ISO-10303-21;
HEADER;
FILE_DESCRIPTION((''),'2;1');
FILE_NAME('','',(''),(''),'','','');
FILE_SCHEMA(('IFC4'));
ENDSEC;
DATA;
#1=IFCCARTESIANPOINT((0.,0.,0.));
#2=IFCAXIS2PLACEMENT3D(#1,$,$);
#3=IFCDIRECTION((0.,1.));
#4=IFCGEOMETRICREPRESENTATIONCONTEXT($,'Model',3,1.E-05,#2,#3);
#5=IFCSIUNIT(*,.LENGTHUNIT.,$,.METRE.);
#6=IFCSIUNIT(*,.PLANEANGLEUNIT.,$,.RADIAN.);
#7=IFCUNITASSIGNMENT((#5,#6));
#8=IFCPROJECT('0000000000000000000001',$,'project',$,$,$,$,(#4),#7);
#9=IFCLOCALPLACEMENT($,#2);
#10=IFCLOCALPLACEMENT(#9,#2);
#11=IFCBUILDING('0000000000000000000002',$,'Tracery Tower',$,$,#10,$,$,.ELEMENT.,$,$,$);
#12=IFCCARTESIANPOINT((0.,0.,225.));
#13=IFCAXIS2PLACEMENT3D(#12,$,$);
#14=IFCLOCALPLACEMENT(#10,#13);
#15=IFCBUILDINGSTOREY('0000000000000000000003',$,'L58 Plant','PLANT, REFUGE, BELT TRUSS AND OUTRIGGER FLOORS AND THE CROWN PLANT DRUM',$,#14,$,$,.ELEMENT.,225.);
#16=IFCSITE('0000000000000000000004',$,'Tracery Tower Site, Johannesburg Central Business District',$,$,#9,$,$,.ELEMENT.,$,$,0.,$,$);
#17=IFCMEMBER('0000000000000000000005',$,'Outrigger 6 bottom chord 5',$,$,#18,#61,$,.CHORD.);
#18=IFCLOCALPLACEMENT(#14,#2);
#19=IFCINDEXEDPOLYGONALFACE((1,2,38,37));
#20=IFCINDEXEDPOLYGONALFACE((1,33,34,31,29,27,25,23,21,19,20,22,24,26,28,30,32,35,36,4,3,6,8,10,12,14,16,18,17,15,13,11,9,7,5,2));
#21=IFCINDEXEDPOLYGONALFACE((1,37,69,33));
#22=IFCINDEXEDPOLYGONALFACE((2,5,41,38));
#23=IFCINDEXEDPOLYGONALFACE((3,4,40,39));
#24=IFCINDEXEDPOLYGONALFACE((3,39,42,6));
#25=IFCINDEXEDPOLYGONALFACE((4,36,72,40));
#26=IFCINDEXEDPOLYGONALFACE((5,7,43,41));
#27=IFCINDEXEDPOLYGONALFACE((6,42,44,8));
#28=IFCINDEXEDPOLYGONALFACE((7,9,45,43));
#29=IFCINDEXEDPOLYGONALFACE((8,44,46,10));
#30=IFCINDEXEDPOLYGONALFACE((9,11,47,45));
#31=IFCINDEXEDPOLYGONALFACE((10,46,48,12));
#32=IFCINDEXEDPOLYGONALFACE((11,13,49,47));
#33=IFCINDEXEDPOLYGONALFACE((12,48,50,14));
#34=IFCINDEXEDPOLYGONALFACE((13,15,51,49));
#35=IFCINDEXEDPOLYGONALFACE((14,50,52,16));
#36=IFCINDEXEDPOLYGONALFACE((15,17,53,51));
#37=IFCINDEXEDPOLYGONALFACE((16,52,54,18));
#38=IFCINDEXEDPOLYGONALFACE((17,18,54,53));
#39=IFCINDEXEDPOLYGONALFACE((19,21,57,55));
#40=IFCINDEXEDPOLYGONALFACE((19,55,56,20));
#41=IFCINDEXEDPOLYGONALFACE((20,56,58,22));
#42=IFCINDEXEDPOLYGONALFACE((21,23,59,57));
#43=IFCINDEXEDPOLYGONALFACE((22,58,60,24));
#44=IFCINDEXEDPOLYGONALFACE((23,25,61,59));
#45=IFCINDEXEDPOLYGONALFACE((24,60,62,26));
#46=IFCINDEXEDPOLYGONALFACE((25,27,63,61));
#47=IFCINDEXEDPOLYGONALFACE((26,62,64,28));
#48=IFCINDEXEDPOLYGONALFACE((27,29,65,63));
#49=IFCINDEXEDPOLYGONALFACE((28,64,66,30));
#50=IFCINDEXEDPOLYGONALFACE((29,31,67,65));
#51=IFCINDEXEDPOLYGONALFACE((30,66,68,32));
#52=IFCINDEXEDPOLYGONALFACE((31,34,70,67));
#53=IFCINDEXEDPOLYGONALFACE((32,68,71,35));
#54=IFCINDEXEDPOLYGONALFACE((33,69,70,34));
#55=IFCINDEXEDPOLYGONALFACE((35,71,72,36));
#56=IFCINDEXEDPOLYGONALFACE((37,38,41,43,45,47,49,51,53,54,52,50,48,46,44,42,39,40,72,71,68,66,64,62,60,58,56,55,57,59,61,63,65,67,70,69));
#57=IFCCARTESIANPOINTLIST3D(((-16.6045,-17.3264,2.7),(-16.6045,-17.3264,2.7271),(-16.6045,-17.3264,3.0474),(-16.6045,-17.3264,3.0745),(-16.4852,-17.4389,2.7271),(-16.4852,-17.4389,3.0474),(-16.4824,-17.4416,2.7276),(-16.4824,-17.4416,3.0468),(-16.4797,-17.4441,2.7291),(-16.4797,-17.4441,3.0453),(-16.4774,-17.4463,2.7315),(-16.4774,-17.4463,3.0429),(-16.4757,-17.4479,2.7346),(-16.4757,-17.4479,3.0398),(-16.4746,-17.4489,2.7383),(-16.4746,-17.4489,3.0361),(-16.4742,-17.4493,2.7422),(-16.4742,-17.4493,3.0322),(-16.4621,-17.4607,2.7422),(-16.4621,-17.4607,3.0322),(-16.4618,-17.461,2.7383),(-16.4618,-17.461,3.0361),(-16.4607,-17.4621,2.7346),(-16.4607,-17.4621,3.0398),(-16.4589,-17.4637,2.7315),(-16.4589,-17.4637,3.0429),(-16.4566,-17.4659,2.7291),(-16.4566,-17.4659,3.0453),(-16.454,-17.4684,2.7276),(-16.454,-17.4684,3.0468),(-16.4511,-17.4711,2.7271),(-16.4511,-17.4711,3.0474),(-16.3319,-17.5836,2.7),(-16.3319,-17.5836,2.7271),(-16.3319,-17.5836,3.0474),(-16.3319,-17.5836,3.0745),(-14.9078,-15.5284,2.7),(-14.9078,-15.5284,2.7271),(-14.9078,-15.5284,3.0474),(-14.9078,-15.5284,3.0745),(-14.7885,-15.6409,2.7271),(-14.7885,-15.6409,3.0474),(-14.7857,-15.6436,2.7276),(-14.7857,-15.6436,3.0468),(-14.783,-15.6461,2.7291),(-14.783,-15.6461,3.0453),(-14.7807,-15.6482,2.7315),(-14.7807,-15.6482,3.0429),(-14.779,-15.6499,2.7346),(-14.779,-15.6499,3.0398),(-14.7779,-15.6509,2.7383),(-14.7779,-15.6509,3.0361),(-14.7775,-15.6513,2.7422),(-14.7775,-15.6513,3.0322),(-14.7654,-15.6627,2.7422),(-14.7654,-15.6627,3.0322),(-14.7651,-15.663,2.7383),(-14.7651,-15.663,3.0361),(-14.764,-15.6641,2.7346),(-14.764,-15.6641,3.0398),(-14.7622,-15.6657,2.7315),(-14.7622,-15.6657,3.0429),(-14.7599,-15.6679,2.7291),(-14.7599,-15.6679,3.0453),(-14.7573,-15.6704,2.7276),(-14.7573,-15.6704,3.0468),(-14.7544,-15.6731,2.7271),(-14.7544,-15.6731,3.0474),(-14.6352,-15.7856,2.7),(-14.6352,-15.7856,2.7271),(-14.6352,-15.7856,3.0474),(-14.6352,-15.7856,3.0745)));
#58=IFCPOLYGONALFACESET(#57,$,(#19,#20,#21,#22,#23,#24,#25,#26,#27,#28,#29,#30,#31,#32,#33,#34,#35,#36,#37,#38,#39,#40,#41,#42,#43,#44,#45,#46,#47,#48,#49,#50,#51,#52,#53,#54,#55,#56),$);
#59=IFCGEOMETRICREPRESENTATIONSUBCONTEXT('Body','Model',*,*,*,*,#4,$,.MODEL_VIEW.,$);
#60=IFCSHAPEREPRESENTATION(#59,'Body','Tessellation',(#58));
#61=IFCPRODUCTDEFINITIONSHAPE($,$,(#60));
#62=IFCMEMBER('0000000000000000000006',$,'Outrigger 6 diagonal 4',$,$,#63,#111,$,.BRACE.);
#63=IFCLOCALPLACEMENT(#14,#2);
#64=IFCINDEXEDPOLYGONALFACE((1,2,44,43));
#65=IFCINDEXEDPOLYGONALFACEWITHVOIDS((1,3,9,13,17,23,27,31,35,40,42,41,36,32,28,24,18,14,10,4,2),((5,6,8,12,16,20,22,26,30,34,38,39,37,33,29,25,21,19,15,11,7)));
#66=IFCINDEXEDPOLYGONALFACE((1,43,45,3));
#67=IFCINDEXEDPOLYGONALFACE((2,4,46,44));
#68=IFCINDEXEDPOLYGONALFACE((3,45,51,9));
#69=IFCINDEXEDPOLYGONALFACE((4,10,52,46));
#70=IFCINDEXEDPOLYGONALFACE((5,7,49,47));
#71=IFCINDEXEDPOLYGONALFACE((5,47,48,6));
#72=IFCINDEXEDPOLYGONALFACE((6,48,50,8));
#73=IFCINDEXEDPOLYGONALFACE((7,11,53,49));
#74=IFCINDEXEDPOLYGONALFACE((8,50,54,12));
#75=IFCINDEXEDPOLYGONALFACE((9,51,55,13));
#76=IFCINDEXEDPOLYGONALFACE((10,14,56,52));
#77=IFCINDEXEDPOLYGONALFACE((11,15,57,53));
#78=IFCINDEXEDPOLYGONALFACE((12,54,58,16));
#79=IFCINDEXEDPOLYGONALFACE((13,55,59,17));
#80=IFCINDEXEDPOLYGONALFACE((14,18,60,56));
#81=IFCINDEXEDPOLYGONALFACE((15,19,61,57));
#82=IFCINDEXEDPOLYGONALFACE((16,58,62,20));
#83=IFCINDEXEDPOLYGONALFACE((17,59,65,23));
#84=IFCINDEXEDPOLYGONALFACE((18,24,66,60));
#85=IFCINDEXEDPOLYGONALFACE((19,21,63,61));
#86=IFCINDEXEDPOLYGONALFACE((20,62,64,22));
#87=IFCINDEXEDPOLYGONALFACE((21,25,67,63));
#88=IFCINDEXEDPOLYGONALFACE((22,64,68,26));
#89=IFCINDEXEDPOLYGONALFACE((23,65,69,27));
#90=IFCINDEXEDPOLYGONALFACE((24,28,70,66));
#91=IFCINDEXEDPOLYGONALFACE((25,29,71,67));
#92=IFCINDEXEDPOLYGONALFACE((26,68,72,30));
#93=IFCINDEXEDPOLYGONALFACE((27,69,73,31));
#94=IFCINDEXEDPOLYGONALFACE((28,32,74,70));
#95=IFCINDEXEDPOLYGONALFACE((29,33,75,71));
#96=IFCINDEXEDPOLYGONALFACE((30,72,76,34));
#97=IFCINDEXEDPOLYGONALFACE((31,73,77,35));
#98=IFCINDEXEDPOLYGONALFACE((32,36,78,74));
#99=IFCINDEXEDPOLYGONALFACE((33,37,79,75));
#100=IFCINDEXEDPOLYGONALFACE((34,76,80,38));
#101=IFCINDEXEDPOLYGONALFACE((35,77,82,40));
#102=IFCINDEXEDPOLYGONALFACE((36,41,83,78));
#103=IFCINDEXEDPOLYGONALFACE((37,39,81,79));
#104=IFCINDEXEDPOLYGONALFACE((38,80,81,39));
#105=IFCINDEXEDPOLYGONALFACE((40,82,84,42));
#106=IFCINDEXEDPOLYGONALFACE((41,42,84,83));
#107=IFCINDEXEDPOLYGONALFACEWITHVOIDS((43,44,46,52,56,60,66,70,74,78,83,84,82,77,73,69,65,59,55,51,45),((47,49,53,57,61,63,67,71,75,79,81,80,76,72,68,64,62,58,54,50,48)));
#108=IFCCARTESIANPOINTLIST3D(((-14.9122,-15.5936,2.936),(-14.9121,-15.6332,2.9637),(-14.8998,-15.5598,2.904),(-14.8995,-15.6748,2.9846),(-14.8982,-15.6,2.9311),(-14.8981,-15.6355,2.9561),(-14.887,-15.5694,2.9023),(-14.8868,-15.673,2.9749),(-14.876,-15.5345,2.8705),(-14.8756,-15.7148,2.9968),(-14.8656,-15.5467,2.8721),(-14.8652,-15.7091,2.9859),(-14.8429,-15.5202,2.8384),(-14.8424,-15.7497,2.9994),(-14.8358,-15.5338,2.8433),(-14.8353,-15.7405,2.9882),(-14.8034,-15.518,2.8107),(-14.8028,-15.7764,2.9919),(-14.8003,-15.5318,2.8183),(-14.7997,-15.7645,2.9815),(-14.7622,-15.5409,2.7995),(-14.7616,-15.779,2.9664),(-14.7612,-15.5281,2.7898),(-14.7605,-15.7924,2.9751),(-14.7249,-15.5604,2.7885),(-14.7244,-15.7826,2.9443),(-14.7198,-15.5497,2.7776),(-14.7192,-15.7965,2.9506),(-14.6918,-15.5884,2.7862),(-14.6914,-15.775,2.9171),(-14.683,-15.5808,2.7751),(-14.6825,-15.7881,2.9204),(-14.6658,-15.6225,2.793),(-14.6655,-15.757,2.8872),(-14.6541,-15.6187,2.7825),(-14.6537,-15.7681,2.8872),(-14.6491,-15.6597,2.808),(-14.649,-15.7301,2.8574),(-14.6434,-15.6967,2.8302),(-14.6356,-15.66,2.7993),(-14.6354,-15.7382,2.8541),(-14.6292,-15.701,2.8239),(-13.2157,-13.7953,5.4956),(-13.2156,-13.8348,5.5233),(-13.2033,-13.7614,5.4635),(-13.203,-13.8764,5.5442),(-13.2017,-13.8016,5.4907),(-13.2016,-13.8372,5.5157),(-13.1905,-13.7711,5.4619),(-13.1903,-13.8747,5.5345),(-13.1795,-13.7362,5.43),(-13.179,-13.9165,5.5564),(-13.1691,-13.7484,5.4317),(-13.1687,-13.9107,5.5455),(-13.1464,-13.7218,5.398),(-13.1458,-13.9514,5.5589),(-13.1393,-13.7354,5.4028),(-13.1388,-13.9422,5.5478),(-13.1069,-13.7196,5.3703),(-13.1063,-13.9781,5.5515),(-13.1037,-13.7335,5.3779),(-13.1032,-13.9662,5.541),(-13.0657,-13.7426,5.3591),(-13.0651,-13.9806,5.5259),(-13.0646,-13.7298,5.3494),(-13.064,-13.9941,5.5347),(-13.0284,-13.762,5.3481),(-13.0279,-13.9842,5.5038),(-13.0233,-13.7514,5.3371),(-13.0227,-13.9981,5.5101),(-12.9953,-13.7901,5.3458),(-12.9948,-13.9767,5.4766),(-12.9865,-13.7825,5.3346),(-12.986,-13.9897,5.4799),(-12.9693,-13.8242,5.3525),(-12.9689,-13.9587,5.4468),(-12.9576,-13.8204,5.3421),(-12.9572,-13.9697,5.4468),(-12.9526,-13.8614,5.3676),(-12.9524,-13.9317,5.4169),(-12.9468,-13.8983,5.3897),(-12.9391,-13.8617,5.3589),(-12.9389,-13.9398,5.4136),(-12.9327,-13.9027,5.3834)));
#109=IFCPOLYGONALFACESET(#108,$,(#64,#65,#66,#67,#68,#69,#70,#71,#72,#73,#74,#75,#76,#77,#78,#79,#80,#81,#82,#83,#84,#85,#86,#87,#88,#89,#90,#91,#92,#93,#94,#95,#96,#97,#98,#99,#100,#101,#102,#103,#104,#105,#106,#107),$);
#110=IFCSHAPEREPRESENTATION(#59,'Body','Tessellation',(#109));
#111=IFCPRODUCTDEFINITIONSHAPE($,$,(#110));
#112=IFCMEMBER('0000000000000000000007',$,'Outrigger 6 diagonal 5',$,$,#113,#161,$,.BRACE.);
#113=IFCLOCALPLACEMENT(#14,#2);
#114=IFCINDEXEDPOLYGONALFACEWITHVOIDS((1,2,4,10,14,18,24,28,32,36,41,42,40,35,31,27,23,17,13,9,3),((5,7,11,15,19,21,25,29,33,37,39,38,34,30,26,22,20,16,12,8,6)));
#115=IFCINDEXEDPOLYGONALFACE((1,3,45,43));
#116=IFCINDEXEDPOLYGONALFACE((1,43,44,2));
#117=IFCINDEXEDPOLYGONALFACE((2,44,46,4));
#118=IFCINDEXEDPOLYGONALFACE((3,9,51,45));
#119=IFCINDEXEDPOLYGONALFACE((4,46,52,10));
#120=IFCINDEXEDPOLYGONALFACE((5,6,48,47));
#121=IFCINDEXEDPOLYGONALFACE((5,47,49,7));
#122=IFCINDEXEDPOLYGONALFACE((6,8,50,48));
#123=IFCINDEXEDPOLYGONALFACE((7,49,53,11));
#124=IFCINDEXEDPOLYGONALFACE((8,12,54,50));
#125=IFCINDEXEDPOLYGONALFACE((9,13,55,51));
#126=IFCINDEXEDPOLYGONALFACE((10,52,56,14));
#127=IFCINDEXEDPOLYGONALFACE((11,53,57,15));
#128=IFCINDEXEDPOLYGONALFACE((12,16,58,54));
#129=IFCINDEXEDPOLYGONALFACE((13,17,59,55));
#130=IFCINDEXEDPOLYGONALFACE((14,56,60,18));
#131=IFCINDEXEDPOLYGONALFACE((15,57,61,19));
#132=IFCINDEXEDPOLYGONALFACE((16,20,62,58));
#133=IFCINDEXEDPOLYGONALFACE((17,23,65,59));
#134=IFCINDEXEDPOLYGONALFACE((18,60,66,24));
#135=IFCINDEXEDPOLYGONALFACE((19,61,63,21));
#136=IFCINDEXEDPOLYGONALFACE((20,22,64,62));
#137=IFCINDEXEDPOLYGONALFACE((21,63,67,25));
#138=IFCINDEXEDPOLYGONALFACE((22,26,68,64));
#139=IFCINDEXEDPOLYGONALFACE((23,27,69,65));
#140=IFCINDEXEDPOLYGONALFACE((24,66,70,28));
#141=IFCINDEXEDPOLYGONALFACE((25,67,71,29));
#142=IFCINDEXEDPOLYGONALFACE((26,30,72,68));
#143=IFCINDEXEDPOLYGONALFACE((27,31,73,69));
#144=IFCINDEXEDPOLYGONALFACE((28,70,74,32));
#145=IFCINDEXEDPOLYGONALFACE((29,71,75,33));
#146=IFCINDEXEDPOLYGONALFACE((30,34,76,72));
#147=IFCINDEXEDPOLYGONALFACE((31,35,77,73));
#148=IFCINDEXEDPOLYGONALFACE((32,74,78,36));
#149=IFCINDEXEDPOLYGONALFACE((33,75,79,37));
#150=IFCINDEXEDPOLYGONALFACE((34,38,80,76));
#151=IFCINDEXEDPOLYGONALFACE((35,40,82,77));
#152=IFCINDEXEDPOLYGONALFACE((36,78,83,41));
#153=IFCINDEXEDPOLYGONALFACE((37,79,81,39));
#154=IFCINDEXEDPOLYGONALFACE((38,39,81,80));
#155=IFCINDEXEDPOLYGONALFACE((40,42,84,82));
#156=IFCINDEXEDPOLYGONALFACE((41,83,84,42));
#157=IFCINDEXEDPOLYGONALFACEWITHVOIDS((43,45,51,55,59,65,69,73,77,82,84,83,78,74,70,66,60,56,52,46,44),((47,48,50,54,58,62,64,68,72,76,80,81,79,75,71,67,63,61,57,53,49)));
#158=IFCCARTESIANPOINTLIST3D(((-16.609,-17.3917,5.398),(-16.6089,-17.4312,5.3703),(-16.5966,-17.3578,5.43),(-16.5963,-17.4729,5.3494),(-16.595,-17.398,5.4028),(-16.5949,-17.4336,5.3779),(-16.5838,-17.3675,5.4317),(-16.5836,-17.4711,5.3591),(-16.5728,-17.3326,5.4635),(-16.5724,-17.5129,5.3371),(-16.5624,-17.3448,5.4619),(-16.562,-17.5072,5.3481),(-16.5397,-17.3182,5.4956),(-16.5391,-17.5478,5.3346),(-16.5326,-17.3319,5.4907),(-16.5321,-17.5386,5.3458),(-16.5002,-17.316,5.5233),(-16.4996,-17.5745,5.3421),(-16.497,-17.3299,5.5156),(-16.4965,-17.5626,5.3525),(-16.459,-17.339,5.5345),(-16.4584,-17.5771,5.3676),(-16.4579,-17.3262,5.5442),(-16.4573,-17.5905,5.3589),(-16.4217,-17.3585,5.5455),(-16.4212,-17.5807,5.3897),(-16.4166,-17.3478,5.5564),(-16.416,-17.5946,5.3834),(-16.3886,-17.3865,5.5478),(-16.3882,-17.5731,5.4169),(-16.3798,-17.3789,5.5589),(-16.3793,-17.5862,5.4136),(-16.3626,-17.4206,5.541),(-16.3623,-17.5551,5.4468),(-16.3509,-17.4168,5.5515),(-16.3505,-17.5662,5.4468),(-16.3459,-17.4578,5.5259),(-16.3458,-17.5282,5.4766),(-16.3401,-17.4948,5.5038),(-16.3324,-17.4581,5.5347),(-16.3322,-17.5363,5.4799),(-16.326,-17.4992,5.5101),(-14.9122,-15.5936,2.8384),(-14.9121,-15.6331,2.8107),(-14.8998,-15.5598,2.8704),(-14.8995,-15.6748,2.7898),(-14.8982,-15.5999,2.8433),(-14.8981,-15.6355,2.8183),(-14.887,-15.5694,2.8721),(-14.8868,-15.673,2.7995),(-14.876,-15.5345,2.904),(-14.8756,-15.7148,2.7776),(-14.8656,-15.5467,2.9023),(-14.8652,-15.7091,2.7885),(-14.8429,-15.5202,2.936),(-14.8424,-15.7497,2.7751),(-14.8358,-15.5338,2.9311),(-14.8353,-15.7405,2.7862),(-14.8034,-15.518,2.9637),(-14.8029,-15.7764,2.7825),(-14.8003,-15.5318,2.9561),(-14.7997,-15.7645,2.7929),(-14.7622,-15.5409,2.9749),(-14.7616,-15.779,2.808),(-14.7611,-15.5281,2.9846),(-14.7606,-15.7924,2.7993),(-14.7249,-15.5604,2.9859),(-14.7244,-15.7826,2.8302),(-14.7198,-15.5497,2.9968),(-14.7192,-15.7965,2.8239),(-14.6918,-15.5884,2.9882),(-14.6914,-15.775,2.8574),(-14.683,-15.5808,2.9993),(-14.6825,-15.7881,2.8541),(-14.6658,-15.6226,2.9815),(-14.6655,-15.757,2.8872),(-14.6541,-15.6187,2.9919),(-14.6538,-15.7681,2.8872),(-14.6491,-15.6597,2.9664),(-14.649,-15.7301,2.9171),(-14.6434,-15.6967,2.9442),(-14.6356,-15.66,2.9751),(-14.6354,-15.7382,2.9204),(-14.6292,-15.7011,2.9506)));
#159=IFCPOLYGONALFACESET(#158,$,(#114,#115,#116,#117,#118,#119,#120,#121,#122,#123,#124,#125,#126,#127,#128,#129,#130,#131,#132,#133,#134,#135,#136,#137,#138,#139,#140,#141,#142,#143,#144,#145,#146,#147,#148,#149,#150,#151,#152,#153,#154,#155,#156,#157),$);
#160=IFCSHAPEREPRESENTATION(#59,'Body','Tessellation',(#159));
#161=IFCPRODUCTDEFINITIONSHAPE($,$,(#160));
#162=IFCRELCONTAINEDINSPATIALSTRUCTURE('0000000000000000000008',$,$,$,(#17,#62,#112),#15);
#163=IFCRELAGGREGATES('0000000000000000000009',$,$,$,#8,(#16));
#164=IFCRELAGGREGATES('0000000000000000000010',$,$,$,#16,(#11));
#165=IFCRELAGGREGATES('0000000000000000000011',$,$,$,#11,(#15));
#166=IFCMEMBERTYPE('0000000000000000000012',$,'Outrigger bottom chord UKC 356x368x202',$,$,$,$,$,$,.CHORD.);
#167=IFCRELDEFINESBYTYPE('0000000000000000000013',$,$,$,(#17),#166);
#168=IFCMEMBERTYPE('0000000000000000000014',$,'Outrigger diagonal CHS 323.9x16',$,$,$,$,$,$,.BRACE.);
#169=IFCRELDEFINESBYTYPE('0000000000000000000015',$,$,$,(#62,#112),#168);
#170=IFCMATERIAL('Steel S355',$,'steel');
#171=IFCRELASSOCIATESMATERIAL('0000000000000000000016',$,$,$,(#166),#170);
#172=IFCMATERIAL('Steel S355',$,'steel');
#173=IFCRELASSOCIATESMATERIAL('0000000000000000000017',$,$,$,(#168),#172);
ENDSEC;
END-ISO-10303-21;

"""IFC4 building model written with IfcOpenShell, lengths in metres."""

from ifc_helpers import new_model, si_unit, direction, frame, origin, origin_2d, place, context, subcontext, project, spatial, hollow_circle, i_section, extrude, material, material_profile, profile_set, type_object, element, save


model = new_model("IFC4")

# Units and contexts
model_context = context("Model", 3, precision=1e-05, world=origin(), true_north=direction((0.0, 1.0)))
body_context = subcontext(model_context, "Body", "Model", "MODEL_VIEW")
ifc_project = project(units=[si_unit("LENGTHUNIT", "METRE"), si_unit("PLANEANGLEUNIT", "RADIAN")], contexts=[model_context])

# Site, building, storey
site_placement = place(None, origin())
site = spatial("IfcSite", under=ifc_project, at=site_placement, Name="Tracery Tower Site, Johannesburg Central Business District", CompositionType="ELEMENT", RefElevation=0.0)
building_placement = place(site_placement, origin())
building = spatial("IfcBuilding", under=site, at=building_placement, Name="Tracery Tower", CompositionType="ELEMENT")
storey_placement = place(building_placement, frame((0.0, 0.0, 225.0)))
storey = spatial("IfcBuildingStorey", under=building, at=storey_placement, Name="L58 Plant", Description="PLANT, REFUGE, BELT TRUSS AND OUTRIGGER FLOORS AND THE CROWN PLANT DRUM", CompositionType="ELEMENT", Elevation=225.0)

# Members
ifc_material_1 = material(Name="Steel S355", Category="steel")
ifc_material_profile_1 = material_profile(ifc_material_1, i_section(OverallWidth=0.3748, OverallDepth=0.3745, WebThickness=0.0166, FlangeThickness=0.0271, FilletRadius=0.0151, at=origin_2d()), Name="UKC 356x368x202")
ifc_profile_set_1 = profile_set([ifc_material_profile_1], Name="Steel S355")
member_type_1 = type_object("IfcMemberType", Name="Outrigger bottom chord UKC 356x368x202", PredefinedType="CHORD", material=ifc_profile_set_1)
member_1_placement = place(storey_placement, frame((-14.7715, -15.657, 2.8872), z_axis=(-0.686319, -0.727301, 0.0), x_axis=(0.727301, -0.686319, 0.0)))
element("IfcMember", 1, at=member_1_placement, inside=storey, type_object=member_type_1, Name="Outrigger 6 bottom chord 5", PredefinedType="CHORD", context=body_context, shape_type="SweptSolid", body=[
    extrude(i_section(OverallWidth=0.3748, OverallDepth=0.3745, WebThickness=0.0166, FlangeThickness=0.0271, FilletRadius=0.0151, at=origin_2d()), origin(), (0.0, 0.0, 1.0), 2.4722),
])
ifc_material_2 = material(Name="Steel S355", Category="steel")
ifc_material_profile_2 = material_profile(ifc_material_2, hollow_circle(Radius=0.1619, WallThickness=0.0161, at=origin_2d()), Name="CHS 323.9x16")
ifc_profile_set_2 = profile_set([ifc_material_profile_2], Name="Steel S355")
member_type_2 = type_object("IfcMemberType", Name="Outrigger diagonal CHS 323.9x16", PredefinedType="BRACE", material=ifc_profile_set_2)
for number, where, z_axis, x_axis, name in (
    (2, (-13.075, -13.8586, 5.4468), (-0.476741, -0.50535, -0.719263), (0.727396, -0.686217, 0.0), "Outrigger 6 diagonal 4"),
    (3, (-14.7715, -15.657, 2.8872), (-0.476811, -0.505282, 0.719264), (0.727301, -0.686319, 0.0), "Outrigger 6 diagonal 5"),
):
    element("IfcMember", number, at=place(storey_placement, frame(where, z_axis=z_axis, x_axis=x_axis)), inside=storey, type_object=member_type_2, Name=name, PredefinedType="BRACE", context=body_context, shape_type="SweptSolid", body=[
        extrude(hollow_circle(Radius=0.1619, WallThickness=0.0161, at=origin_2d()), origin(), (0.0, 0.0, 1.0), 3.5586),
    ])

save(model, "model.ifc")
